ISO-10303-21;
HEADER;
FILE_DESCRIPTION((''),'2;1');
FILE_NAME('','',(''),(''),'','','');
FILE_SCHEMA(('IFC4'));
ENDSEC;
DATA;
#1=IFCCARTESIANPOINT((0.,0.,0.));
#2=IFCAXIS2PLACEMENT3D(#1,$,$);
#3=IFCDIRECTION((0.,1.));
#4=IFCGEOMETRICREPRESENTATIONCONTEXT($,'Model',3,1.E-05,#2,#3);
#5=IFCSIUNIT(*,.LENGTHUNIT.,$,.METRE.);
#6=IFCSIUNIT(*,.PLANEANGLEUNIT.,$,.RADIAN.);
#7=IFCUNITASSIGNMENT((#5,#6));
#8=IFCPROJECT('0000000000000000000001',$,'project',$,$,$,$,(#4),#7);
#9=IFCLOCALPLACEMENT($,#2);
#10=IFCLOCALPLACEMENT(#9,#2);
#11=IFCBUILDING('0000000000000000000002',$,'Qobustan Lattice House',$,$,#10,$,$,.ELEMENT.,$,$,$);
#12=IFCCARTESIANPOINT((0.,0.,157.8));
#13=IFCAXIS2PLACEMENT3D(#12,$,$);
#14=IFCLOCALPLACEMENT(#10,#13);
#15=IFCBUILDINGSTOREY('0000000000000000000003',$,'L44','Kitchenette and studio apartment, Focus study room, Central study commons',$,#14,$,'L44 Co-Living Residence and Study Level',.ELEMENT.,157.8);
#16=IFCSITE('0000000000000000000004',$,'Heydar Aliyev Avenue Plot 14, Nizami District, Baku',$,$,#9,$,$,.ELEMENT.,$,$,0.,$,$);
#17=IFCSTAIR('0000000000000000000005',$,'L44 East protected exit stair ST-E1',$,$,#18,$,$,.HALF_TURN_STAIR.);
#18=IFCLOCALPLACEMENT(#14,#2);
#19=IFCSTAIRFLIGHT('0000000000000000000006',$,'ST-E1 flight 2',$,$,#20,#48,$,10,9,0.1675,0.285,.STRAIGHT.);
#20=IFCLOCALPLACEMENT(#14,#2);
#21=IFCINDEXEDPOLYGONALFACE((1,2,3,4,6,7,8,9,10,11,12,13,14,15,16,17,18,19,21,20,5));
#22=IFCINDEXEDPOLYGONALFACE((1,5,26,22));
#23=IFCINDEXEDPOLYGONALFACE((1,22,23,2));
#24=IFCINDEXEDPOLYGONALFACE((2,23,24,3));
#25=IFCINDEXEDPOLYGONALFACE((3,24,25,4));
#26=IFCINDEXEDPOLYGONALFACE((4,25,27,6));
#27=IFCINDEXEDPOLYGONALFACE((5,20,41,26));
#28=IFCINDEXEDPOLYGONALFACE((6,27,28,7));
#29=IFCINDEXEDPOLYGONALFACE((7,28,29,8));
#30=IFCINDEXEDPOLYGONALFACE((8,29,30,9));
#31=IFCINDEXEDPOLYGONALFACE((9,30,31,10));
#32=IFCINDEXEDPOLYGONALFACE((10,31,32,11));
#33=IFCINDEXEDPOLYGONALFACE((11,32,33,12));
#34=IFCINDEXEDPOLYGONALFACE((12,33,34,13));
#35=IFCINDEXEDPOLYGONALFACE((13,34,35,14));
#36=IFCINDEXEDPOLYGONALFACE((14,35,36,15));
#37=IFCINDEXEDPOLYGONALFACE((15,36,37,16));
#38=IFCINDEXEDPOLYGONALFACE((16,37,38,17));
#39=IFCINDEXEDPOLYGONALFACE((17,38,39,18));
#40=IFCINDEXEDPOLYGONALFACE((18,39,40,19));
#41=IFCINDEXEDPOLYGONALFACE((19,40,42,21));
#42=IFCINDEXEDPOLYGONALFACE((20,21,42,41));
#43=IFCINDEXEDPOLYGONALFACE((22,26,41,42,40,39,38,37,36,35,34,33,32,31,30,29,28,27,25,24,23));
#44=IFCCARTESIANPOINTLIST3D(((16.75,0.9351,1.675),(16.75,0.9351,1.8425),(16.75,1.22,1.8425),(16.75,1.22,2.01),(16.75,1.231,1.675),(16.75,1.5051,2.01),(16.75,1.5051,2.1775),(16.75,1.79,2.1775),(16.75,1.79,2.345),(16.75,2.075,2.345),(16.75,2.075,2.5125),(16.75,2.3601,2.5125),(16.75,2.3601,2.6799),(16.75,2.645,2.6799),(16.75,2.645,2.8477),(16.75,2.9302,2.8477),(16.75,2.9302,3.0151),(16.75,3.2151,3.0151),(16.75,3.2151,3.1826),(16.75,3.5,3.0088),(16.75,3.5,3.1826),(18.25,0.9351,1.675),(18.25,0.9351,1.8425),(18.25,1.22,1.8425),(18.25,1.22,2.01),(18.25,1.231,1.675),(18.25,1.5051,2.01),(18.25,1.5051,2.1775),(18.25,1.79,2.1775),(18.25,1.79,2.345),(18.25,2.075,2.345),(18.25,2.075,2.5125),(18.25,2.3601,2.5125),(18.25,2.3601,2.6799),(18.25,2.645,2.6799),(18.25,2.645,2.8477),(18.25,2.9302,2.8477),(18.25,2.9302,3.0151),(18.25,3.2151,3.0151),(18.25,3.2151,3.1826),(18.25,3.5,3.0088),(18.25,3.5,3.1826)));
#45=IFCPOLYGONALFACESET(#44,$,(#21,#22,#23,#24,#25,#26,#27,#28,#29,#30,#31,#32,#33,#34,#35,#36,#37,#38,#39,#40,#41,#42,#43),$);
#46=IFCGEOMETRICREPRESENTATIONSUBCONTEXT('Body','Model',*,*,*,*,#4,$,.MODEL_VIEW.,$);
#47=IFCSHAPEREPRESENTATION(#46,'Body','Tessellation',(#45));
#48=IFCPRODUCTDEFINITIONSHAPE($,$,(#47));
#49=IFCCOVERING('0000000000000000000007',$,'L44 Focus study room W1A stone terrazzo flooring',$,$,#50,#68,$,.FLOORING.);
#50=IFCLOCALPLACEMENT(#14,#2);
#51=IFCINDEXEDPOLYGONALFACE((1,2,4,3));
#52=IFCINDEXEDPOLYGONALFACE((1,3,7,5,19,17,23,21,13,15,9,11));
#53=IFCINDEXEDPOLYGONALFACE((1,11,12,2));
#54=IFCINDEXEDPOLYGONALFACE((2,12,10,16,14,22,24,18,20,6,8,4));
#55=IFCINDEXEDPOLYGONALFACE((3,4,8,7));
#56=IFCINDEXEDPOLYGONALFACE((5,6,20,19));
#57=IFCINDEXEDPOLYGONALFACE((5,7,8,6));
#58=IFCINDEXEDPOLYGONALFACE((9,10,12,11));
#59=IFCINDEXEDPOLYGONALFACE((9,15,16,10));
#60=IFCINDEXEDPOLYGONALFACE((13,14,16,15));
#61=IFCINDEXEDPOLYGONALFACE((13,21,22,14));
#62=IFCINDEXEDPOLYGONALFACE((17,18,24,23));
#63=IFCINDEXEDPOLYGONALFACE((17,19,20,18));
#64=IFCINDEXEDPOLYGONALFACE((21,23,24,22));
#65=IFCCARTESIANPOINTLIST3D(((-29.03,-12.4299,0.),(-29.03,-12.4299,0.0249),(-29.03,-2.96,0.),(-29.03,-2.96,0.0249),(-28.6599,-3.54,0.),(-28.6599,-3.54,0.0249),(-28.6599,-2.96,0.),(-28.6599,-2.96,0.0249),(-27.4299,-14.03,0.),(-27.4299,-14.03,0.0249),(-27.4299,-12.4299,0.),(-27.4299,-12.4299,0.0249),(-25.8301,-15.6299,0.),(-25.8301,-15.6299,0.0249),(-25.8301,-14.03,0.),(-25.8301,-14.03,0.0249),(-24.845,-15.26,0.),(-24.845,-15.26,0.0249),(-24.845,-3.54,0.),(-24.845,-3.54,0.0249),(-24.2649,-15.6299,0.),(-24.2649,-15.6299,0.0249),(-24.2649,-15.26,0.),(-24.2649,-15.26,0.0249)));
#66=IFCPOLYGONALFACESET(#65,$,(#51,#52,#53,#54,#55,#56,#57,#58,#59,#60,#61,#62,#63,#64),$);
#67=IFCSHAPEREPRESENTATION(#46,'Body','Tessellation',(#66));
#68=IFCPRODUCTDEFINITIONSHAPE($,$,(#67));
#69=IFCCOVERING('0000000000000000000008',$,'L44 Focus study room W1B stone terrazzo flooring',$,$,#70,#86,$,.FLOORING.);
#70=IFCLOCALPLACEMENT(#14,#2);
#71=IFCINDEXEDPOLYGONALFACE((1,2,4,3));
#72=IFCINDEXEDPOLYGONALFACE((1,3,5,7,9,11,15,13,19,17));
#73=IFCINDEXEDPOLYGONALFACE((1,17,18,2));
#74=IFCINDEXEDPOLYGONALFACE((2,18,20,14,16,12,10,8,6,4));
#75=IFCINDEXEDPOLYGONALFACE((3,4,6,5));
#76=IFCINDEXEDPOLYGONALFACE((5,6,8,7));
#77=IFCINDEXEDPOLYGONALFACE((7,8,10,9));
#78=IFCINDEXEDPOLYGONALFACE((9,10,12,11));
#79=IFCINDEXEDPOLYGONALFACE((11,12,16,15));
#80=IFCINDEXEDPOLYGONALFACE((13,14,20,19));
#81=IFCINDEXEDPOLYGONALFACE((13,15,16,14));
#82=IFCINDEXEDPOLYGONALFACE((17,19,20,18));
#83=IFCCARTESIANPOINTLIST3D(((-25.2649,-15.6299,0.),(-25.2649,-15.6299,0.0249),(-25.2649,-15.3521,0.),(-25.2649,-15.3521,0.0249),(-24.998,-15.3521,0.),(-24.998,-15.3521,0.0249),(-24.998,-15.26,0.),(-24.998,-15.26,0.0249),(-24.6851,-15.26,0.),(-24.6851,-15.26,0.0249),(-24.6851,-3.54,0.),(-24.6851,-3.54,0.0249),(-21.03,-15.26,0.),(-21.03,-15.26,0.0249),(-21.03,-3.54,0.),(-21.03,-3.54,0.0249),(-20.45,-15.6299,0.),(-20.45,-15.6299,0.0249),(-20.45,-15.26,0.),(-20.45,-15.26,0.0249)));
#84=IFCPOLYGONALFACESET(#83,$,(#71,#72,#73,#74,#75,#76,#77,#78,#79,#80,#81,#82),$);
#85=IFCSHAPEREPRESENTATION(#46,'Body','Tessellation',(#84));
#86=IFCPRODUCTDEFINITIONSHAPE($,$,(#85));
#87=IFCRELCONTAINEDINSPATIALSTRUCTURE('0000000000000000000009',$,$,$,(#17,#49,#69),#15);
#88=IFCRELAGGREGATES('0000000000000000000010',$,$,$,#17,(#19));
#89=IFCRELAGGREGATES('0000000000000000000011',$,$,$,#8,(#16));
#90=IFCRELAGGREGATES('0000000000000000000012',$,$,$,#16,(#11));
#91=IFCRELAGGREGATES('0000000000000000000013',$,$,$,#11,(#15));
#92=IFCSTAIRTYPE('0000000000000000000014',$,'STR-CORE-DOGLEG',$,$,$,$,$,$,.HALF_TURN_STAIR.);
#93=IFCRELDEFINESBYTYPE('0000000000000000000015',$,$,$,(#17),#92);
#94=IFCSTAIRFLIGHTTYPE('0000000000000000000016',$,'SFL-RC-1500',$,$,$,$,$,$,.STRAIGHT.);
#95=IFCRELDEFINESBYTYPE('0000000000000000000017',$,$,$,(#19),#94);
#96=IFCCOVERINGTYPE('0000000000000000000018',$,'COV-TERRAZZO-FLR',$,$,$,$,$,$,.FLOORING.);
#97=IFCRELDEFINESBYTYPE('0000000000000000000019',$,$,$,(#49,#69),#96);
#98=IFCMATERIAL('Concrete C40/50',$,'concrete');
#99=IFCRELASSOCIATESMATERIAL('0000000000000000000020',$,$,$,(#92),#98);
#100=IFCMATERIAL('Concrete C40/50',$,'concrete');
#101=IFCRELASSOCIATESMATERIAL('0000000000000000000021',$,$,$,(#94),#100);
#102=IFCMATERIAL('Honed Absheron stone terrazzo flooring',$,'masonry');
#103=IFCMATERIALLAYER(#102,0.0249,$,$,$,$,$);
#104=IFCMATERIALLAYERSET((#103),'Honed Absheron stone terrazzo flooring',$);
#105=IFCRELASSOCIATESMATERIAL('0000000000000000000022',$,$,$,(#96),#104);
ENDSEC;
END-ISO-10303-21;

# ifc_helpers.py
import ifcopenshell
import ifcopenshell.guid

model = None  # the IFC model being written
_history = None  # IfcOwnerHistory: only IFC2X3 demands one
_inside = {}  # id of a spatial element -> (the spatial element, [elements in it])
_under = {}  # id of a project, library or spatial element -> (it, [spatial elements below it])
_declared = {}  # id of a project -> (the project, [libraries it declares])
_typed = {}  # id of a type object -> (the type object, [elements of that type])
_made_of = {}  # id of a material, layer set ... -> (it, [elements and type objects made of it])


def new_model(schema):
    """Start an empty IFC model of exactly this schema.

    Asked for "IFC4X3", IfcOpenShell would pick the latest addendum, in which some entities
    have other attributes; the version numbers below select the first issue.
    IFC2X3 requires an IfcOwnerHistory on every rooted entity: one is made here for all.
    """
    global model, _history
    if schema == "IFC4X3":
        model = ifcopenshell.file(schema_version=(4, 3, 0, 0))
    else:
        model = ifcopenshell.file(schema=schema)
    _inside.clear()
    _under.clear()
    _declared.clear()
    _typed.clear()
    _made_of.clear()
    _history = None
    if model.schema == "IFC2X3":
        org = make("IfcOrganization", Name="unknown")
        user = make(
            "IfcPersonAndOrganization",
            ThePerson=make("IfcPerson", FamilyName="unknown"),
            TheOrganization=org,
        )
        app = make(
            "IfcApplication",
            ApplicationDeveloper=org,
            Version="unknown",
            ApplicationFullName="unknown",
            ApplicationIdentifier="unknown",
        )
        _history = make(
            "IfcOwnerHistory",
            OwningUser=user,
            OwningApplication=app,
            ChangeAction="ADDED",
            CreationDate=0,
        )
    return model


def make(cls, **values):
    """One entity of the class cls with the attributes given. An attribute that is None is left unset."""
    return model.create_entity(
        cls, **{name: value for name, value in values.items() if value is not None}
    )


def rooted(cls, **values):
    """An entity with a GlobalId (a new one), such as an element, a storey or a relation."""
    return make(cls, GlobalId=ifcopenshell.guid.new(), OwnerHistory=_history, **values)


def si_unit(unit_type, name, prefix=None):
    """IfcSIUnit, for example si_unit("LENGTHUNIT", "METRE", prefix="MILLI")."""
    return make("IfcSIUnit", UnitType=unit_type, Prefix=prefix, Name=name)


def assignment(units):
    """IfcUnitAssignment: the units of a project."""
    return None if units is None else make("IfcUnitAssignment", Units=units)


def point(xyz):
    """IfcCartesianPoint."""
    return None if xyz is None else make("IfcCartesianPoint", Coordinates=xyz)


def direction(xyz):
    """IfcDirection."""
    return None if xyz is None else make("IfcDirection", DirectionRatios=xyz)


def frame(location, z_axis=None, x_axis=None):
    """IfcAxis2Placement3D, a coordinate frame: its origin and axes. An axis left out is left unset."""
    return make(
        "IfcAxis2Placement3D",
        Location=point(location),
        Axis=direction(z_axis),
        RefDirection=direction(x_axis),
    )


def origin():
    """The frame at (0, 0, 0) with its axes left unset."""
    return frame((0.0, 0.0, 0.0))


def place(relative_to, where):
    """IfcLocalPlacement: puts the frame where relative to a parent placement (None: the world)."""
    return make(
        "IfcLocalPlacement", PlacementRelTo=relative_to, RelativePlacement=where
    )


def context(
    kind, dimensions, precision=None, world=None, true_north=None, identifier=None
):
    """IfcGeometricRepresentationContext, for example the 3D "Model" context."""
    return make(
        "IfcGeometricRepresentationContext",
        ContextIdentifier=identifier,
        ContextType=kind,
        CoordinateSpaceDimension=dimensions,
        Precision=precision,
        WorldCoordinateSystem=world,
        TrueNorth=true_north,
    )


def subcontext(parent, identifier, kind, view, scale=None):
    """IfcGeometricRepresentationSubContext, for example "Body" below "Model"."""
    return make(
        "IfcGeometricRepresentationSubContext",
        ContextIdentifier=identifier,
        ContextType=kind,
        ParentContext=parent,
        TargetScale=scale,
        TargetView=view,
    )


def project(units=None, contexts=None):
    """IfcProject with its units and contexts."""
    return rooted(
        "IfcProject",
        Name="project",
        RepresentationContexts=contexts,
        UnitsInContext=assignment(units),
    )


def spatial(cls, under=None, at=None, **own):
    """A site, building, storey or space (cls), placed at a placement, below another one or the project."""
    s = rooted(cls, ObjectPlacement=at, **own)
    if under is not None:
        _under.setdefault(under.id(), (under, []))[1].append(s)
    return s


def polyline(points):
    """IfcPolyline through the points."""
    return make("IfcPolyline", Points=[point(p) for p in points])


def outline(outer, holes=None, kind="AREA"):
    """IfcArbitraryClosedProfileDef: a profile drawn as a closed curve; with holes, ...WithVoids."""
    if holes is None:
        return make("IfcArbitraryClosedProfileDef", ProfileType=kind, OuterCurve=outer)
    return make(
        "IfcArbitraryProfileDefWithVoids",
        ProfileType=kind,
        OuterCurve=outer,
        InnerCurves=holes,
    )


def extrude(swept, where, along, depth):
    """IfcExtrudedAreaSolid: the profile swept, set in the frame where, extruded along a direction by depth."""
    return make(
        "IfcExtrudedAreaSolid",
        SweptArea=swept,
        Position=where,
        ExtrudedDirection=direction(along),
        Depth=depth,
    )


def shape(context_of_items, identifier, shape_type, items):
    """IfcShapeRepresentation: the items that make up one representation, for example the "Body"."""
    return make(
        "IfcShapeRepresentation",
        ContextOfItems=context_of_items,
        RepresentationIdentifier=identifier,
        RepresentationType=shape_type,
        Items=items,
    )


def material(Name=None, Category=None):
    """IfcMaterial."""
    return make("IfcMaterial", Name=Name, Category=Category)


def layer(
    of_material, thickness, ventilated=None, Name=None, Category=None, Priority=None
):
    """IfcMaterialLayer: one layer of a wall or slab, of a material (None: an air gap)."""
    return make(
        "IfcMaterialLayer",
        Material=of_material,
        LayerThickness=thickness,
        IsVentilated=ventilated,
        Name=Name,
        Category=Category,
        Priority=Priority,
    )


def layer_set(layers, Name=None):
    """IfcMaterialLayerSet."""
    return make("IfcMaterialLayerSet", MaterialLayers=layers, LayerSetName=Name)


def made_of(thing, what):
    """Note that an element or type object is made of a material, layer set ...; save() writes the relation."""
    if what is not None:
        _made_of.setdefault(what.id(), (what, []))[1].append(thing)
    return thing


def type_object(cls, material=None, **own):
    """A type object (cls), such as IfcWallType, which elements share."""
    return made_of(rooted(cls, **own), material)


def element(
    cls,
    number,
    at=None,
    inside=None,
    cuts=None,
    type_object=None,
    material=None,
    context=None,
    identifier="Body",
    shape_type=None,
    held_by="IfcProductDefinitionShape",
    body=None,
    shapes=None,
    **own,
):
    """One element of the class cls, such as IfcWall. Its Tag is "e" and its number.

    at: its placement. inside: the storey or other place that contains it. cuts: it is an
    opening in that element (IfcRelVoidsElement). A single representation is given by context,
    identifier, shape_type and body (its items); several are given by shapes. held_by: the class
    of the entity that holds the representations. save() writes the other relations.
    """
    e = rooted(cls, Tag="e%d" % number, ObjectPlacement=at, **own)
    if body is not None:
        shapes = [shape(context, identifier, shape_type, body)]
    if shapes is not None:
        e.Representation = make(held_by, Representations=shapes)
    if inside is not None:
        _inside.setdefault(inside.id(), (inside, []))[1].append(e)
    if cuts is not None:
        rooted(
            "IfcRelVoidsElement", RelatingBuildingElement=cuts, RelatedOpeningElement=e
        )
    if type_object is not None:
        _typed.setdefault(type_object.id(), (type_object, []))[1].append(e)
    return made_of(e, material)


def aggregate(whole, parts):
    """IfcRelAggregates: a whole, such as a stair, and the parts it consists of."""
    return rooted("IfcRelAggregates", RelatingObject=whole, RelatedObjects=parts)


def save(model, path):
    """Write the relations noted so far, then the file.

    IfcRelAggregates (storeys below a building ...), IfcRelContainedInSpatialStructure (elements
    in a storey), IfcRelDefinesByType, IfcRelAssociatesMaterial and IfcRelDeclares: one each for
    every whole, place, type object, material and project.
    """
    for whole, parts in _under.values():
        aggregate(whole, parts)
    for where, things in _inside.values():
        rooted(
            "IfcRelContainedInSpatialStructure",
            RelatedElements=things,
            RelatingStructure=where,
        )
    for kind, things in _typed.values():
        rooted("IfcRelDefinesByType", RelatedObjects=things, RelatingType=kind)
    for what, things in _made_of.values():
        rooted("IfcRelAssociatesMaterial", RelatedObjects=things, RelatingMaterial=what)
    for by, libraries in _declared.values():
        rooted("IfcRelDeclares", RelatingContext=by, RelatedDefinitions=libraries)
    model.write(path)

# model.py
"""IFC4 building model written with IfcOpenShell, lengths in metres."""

from ifc_helpers import new_model, si_unit, direction, frame, origin, place, context, subcontext, project, spatial, polyline, outline, extrude, material, layer, layer_set, type_object, element, aggregate, save


model = new_model("IFC4")

# Units and contexts
model_context = context("Model", 3, precision=1e-05, world=origin(), true_north=direction((0.0, 1.0)))
body_context = subcontext(model_context, "Body", "Model", "MODEL_VIEW")
ifc_project = project(units=[si_unit("LENGTHUNIT", "METRE"), si_unit("PLANEANGLEUNIT", "RADIAN")], contexts=[model_context])

# Site, building, storey
site_placement = place(None, origin())
site = spatial("IfcSite", under=ifc_project, at=site_placement, Name="Heydar Aliyev Avenue Plot 14, Nizami District, Baku", CompositionType="ELEMENT", RefElevation=0.0)
building_placement = place(site_placement, origin())
building = spatial("IfcBuilding", under=site, at=building_placement, Name="Qobustan Lattice House", CompositionType="ELEMENT")
storey_placement = place(building_placement, frame((0.0, 0.0, 157.8)))
storey = spatial("IfcBuildingStorey", under=building, at=storey_placement, Name="L44", Description="Kitchenette and studio apartment, Focus study room, Central study commons", LongName="L44 Co-Living Residence and Study Level", CompositionType="ELEMENT", Elevation=157.8)

# Stair, stair flight
ifc_material_1 = material(Name="Concrete C40/50", Category="concrete")
stair_type = type_object("IfcStairType", Name="STR-CORE-DOGLEG", PredefinedType="HALF_TURN_STAIR", material=ifc_material_1)
stair_placement = place(storey_placement, origin())
stair = element("IfcStair", 1, at=stair_placement, inside=storey, type_object=stair_type, Name="L44 East protected exit stair ST-E1", PredefinedType="HALF_TURN_STAIR")
ifc_material_2 = material(Name="Concrete C40/50", Category="concrete")
stair_flight_type = type_object("IfcStairFlightType", Name="SFL-RC-1500", PredefinedType="STRAIGHT", material=ifc_material_2)
stair_flight_1_placement = place(storey_placement, frame((17.5, 0.9351, 1.675), z_axis=(0.0, 0.0, 1.0), x_axis=(0.0, 1.0, 0.0)))
stair_flight_1 = element("IfcStairFlight", 2, at=stair_flight_1_placement, type_object=stair_flight_type, Name="ST-E1 flight 2", NumberOfRisers=10, NumberOfTreads=9, PredefinedType="STRAIGHT", RiserHeight=0.1675, TreadLength=0.285, context=body_context, shape_type="SweptSolid", body=[
    extrude(outline(polyline([(0.0, 0.0), (0.0, 0.1675), (0.2849, 0.1675), (0.2849, 0.335), (0.5701, 0.335), (0.5701, 0.5024), (0.855, 0.5024), (0.855, 0.6699), (1.1399, 0.6699), (1.1399, 0.8374), (1.425, 0.8374), (1.425, 1.0049), (1.71, 1.0049), (1.71, 1.1726), (1.9951, 1.1726), (1.9951, 1.3401), (2.28, 1.3401), (2.28, 1.5076), (2.5649, 1.5076), (2.5649, 1.675), (2.5649, 1.3337), (0.2959, 0.0), (0.0, 0.0)])), frame((0.0, 0.75, 0.0), z_axis=(0.0, -1.0, 0.0), x_axis=(1.0, 0.0, 0.0)), (0.0, 0.0, 1.0), 1.5),
])
aggregate(stair, [stair_flight_1])

# Coverings
ifc_material_3 = material(Name="Honed Absheron stone terrazzo flooring", Category="masonry")
ifc_layer_1 = layer(ifc_material_3, 0.0249)
ifc_layer_set_1 = layer_set([ifc_layer_1], Name="Honed Absheron stone terrazzo flooring")
covering_type = type_object("IfcCoveringType", Name="COV-TERRAZZO-FLR", PredefinedType="FLOORING", material=ifc_layer_set_1)
covering_1_placement = place(storey_placement, origin())
element("IfcCovering", 3, at=covering_1_placement, inside=storey, type_object=covering_type, Name="L44 Focus study room W1A stone terrazzo flooring", PredefinedType="FLOORING", context=body_context, shape_type="SweptSolid", body=[
    extrude(outline(polyline([(-25.8301, -15.6299), (-24.2649, -15.6299), (-24.2649, -15.26), (-24.845, -15.26), (-24.845, -3.54), (-28.6599, -3.54), (-28.6599, -2.96), (-29.03, -2.96), (-29.03, -12.4299), (-27.4299, -12.4299), (-27.4299, -14.03), (-25.8301, -14.03), (-25.8301, -15.6299)])), origin(), (0.0, 0.0, 1.0), 0.0249),
])
covering_2_placement = place(storey_placement, origin())
element("IfcCovering", 4, at=covering_2_placement, inside=storey, type_object=covering_type, Name="L44 Focus study room W1B stone terrazzo flooring", PredefinedType="FLOORING", context=body_context, shape_type="SweptSolid", body=[
    extrude(outline(polyline([(-25.2649, -15.6299), (-20.45, -15.6299), (-20.45, -15.26), (-21.03, -15.26), (-21.03, -3.54), (-24.6851, -3.54), (-24.6851, -15.26), (-24.998, -15.26), (-24.998, -15.3521), (-25.2649, -15.3521), (-25.2649, -15.6299)])), origin(), (0.0, 0.0, 1.0), 0.0249),
])

save(model, "model.ifc")
